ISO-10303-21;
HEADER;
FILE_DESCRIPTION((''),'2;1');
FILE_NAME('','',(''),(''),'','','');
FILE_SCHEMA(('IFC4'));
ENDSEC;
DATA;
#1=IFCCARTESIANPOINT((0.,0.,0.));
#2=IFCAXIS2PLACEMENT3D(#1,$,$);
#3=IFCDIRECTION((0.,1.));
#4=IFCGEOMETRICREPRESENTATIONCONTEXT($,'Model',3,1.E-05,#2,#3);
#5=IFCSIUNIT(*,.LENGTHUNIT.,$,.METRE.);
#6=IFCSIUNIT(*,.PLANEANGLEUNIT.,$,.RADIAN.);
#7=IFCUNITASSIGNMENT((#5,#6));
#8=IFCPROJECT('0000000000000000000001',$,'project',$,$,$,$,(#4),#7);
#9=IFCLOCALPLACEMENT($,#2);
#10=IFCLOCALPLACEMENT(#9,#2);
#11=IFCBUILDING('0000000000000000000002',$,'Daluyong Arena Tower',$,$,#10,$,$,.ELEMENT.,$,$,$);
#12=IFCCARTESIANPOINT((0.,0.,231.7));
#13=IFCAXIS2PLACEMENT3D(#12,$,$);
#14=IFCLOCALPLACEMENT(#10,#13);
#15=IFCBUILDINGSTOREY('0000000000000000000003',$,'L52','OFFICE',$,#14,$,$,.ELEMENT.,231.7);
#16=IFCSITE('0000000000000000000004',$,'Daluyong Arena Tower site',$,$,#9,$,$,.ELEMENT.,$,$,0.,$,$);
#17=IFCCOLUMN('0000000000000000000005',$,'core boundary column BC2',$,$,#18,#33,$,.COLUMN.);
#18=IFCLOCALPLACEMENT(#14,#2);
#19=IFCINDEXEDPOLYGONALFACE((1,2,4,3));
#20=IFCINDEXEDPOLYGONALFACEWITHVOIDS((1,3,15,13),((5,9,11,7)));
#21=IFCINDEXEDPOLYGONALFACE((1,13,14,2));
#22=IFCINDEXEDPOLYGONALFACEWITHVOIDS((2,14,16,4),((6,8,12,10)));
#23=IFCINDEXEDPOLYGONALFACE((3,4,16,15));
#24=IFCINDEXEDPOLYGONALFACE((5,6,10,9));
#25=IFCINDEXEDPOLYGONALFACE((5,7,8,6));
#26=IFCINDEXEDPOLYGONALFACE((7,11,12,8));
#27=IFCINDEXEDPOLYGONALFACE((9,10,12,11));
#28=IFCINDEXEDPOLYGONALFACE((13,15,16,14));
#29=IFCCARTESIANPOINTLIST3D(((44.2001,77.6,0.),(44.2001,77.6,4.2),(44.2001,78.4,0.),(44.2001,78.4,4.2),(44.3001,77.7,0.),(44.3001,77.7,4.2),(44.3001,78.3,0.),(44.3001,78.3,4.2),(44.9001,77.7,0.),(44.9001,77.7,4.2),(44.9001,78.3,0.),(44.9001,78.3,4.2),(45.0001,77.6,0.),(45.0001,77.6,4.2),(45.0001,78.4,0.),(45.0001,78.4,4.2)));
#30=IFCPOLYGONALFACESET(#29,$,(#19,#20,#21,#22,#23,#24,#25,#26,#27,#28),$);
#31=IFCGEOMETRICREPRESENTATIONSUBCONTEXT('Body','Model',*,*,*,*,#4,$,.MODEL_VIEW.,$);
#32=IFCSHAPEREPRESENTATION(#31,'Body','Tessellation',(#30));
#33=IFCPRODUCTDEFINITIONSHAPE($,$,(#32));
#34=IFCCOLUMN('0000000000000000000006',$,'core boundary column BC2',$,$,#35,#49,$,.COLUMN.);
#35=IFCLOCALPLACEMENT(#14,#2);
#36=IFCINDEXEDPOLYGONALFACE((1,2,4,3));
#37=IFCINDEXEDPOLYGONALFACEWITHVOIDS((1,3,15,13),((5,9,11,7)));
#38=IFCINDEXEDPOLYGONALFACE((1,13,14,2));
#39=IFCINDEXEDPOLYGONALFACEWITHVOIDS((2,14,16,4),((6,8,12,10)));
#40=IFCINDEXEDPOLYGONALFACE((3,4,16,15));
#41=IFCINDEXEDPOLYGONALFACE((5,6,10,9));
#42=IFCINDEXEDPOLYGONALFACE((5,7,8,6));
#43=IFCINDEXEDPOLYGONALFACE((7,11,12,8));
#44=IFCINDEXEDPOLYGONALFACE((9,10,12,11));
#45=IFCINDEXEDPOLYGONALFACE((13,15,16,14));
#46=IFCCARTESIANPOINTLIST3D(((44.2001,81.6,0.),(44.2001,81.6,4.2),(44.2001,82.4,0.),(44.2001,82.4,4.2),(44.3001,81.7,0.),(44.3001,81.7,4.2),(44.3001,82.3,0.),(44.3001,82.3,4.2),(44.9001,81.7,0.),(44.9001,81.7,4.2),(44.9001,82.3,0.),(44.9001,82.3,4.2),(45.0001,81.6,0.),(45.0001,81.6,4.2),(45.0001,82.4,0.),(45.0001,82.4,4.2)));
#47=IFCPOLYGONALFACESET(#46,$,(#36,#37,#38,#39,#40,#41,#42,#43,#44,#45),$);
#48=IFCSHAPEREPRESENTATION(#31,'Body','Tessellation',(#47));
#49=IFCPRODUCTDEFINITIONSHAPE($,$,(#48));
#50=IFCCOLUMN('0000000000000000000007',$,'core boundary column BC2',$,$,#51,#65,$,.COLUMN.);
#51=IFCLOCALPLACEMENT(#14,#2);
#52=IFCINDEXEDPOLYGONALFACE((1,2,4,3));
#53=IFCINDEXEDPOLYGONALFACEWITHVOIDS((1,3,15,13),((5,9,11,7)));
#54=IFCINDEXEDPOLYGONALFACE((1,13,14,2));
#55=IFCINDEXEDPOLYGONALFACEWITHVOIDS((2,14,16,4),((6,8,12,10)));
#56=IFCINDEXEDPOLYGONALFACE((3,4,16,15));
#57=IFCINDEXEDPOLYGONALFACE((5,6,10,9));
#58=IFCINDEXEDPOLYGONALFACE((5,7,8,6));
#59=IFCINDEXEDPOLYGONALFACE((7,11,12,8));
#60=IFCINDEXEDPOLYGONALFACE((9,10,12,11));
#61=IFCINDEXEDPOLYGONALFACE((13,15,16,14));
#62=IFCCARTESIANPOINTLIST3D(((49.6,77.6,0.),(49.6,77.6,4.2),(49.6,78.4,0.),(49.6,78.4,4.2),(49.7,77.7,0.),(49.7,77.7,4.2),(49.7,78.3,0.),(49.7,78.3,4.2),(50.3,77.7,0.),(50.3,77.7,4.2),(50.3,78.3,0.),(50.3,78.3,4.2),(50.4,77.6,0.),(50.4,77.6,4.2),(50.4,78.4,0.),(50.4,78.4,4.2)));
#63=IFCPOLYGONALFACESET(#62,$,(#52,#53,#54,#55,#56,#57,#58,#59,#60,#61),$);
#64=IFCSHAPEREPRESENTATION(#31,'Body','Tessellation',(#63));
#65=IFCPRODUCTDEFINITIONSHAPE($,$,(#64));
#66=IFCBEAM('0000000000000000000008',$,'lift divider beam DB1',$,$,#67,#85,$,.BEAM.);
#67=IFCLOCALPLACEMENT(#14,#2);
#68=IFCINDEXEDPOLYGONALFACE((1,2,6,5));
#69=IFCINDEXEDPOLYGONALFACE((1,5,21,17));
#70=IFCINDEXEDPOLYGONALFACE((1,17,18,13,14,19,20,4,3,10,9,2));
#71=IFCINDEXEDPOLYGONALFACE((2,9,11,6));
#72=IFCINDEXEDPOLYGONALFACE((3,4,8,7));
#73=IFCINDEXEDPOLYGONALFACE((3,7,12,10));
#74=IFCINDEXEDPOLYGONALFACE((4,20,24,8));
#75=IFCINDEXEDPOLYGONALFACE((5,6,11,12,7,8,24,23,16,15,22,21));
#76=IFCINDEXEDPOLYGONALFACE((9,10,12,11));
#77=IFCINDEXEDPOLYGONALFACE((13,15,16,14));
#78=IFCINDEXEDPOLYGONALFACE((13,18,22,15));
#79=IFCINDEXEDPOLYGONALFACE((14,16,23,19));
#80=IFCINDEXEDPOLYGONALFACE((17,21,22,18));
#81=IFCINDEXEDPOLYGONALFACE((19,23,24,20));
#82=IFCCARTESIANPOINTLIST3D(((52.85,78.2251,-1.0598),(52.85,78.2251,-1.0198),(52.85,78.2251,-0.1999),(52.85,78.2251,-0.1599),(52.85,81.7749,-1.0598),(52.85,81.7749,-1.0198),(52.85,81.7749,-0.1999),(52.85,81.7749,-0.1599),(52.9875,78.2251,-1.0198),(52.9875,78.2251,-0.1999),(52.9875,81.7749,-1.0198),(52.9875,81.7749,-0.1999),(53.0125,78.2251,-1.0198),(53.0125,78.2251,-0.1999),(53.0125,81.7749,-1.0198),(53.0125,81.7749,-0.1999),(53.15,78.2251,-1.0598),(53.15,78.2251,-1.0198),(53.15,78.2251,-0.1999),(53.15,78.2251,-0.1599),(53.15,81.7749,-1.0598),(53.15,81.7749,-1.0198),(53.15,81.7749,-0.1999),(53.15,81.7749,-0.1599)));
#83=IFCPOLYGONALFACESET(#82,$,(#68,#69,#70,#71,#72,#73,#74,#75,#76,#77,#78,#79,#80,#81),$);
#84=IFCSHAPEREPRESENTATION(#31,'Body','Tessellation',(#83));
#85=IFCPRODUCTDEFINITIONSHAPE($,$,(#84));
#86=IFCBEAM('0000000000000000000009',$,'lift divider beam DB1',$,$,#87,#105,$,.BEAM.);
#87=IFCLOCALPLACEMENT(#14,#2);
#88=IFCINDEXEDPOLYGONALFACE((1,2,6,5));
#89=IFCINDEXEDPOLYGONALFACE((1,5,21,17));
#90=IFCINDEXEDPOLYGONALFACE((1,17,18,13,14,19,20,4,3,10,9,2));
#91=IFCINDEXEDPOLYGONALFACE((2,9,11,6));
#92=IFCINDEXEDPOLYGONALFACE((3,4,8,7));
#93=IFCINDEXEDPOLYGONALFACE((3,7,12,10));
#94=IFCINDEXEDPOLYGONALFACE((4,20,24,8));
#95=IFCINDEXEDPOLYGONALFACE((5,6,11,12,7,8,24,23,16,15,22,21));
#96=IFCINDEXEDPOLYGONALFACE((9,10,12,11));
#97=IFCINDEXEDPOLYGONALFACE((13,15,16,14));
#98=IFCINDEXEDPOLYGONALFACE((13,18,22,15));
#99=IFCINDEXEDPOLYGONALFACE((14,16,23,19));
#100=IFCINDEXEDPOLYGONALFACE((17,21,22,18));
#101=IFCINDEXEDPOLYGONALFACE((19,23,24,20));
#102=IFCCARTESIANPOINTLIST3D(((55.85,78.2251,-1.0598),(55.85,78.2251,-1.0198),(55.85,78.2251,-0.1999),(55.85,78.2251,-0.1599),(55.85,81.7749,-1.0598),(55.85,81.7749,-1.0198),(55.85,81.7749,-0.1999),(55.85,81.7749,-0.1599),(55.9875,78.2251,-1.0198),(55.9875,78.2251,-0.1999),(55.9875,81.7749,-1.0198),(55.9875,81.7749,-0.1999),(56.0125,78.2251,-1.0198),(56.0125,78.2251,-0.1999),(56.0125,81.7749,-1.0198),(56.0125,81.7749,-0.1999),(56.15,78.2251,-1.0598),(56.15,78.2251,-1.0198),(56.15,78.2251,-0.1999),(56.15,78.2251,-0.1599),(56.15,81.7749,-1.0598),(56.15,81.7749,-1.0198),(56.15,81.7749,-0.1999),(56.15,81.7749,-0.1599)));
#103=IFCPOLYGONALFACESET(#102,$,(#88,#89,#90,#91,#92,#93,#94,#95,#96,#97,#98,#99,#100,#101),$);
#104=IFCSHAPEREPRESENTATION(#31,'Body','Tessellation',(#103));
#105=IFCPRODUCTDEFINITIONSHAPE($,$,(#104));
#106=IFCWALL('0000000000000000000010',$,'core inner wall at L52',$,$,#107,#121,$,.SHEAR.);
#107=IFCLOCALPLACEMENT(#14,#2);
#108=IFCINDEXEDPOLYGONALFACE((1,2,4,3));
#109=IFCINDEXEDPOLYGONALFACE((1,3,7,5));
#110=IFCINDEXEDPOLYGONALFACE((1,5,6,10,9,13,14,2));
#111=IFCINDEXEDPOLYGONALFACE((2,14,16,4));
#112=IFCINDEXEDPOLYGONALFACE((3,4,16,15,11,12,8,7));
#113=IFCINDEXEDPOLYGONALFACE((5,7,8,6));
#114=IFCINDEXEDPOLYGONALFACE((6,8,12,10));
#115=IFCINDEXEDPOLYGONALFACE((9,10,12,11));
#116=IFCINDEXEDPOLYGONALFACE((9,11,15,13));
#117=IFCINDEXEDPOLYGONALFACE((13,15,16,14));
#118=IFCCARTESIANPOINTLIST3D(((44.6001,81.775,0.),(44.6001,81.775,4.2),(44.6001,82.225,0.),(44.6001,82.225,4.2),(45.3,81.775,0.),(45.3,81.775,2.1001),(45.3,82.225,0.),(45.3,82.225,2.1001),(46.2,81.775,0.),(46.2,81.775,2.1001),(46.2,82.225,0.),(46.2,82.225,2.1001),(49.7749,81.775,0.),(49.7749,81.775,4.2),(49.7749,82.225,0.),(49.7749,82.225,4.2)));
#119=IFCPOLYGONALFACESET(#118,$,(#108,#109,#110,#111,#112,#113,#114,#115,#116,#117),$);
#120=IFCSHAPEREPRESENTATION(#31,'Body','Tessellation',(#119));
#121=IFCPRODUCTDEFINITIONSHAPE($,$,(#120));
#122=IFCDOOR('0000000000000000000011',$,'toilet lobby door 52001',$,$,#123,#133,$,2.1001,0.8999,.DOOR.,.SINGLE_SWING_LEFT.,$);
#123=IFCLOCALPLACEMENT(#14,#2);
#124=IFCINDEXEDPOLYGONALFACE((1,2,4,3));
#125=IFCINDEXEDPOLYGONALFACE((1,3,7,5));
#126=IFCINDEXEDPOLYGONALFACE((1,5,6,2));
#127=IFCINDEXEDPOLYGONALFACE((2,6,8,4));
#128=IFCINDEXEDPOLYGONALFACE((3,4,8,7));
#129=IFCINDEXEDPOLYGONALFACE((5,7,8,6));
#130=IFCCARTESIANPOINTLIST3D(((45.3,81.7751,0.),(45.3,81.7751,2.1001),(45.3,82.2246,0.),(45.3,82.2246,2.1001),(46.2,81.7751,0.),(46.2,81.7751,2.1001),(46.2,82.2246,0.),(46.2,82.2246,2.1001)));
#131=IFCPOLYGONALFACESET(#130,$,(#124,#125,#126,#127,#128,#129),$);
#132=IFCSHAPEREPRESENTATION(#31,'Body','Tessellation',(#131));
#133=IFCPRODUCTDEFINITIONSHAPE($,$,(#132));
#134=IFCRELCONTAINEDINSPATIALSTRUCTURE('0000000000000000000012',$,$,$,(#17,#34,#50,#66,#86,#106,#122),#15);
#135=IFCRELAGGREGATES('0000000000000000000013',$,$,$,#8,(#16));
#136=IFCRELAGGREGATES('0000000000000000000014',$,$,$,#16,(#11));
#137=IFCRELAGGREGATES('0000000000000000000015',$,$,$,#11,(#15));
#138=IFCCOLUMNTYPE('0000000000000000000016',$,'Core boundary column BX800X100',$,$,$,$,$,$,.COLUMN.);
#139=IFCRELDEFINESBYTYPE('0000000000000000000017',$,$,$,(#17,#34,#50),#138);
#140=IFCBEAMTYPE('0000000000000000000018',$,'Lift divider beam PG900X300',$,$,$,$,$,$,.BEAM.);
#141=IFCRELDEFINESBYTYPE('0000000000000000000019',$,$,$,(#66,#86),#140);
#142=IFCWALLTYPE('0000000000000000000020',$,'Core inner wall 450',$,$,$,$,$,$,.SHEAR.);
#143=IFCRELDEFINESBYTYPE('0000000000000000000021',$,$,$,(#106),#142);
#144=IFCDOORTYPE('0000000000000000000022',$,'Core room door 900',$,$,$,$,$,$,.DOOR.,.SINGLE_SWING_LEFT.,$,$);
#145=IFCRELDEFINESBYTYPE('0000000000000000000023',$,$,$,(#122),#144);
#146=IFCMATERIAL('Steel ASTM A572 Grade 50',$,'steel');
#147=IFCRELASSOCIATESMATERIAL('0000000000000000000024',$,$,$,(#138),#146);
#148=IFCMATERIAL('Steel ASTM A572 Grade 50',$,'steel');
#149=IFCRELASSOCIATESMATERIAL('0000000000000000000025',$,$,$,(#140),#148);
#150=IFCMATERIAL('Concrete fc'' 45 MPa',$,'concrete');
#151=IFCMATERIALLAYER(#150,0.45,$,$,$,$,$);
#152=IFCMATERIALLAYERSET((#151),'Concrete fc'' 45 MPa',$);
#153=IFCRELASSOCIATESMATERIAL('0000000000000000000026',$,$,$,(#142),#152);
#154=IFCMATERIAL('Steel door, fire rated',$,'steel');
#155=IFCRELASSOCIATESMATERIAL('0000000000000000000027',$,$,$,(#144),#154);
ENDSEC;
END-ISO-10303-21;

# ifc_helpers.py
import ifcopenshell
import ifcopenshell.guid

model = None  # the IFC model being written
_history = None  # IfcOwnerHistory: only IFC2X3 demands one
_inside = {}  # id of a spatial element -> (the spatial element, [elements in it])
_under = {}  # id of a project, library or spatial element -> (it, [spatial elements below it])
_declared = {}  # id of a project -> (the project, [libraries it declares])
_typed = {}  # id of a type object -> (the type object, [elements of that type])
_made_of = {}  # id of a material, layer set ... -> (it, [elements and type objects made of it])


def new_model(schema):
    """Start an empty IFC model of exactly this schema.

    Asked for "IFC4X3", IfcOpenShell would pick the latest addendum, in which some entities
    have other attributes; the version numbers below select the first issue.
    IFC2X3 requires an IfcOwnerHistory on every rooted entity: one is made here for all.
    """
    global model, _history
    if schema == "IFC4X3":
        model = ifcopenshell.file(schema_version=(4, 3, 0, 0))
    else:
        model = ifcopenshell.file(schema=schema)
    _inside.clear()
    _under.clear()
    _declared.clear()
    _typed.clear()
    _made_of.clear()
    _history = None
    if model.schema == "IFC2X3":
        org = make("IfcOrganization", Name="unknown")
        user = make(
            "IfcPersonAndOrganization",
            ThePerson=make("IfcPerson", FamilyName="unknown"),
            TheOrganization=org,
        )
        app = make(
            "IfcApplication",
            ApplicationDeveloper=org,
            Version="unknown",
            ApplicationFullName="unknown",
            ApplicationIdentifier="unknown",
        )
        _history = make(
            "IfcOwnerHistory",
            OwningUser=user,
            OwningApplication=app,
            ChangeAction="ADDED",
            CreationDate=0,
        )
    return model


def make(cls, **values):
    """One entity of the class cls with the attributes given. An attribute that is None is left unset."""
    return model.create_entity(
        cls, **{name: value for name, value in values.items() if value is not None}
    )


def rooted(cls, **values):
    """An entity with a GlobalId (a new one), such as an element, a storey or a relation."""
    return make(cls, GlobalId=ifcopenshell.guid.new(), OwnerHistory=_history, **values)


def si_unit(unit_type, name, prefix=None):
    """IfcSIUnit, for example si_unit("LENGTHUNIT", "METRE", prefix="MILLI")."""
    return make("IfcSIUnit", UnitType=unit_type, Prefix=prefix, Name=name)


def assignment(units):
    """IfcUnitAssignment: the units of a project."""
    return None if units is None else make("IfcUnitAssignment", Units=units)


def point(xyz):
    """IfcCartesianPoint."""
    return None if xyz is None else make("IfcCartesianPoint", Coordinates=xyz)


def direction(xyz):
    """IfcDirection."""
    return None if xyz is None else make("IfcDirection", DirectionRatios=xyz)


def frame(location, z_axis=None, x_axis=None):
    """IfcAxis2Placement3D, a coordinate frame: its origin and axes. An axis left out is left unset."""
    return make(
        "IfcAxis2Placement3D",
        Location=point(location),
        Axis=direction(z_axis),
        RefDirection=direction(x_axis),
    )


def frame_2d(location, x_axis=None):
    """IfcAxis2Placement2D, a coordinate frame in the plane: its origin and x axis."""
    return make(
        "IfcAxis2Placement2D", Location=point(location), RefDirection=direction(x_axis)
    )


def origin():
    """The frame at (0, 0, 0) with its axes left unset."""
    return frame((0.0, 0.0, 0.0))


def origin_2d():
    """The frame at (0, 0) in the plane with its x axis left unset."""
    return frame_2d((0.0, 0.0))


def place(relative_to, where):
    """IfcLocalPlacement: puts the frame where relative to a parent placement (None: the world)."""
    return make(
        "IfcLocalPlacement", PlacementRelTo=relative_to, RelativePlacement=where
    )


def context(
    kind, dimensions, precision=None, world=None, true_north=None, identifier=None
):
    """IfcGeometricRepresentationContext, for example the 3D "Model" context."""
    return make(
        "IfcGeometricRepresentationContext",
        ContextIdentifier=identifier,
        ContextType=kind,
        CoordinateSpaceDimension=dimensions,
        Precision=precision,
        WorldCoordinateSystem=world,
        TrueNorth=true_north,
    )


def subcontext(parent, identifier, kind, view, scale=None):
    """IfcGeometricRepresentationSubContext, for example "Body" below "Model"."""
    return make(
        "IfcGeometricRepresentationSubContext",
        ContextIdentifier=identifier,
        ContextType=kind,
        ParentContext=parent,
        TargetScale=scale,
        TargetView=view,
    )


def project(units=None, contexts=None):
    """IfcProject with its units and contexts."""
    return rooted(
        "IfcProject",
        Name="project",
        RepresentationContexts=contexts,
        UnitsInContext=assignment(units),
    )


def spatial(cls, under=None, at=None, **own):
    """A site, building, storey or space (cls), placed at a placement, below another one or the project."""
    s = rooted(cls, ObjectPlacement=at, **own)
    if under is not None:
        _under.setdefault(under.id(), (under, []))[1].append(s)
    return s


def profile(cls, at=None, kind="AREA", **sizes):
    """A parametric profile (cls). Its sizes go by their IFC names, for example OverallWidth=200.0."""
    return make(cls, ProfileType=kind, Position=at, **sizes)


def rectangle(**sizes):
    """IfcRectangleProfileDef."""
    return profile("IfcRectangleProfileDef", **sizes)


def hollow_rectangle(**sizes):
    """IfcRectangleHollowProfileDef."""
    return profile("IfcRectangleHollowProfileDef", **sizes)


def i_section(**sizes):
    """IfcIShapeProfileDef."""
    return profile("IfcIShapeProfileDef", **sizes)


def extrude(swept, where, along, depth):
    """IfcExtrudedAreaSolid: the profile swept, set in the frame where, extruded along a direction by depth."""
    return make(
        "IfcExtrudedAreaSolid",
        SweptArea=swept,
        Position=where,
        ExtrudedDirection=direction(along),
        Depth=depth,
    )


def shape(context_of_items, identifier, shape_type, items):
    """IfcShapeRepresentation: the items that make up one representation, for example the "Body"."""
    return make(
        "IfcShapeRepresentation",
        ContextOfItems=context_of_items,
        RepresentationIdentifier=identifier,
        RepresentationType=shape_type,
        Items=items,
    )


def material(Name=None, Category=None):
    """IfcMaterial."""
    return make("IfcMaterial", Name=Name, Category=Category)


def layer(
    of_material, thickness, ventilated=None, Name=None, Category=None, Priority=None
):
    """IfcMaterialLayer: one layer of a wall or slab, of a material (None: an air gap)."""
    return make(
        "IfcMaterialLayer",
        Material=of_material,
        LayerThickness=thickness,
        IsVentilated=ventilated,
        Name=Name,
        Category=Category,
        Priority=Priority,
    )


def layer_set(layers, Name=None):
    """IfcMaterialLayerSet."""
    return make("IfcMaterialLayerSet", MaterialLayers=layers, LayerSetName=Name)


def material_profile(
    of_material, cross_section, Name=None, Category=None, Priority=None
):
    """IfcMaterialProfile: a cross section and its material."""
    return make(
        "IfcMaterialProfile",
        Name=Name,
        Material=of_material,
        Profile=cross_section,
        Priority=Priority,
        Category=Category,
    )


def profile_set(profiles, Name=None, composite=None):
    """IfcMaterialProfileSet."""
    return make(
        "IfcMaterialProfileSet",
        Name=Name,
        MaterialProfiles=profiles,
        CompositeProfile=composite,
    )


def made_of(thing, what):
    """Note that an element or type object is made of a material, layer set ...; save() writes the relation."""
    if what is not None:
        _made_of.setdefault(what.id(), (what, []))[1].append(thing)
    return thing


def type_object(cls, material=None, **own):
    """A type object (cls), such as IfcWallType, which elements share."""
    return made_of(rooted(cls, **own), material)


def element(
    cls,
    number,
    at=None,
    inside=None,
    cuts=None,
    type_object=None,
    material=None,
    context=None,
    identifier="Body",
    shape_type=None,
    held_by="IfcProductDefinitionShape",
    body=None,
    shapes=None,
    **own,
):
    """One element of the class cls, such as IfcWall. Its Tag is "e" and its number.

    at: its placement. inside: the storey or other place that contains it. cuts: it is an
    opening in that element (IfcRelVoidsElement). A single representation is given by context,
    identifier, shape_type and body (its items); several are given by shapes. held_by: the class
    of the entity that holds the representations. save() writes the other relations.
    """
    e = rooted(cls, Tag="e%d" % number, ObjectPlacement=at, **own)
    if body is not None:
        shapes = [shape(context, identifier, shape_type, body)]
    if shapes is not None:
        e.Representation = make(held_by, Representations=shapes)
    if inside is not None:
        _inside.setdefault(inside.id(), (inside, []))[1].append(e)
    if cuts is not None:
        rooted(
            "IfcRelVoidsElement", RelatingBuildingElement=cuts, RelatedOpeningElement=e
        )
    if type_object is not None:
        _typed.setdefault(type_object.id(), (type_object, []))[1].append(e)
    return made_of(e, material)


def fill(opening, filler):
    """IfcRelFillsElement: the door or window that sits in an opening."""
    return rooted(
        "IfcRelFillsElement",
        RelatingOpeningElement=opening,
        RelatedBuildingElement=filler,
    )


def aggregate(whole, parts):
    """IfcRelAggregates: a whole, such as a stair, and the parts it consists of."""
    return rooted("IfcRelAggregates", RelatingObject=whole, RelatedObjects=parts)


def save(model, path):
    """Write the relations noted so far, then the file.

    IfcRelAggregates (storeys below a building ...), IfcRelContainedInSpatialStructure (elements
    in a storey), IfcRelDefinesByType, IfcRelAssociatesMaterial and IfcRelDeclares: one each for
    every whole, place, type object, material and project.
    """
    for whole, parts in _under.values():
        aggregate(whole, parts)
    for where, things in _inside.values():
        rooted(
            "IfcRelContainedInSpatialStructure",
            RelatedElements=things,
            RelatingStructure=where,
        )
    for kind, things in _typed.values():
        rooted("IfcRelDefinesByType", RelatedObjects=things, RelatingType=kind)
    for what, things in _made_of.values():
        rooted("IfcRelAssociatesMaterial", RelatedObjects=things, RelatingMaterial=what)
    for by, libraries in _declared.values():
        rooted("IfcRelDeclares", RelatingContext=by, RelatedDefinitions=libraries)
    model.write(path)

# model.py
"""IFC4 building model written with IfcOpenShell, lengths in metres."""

from ifc_helpers import new_model, si_unit, direction, frame, frame_2d, origin, origin_2d, place, context, subcontext, project, spatial, rectangle, hollow_rectangle, i_section, extrude, material, layer, layer_set, material_profile, profile_set, type_object, element, fill, save


model = new_model("IFC4")

# Units and contexts
model_context = context("Model", 3, precision=1e-05, world=origin(), true_north=direction((0.0, 1.0)))
body_context = subcontext(model_context, "Body", "Model", "MODEL_VIEW")
ifc_project = project(units=[si_unit("LENGTHUNIT", "METRE"), si_unit("PLANEANGLEUNIT", "RADIAN")], contexts=[model_context])

# Site, building, storey
site_placement = place(None, origin())
site = spatial("IfcSite", under=ifc_project, at=site_placement, Name="Daluyong Arena Tower site", CompositionType="ELEMENT", RefElevation=0.0)
building_placement = place(site_placement, origin())
building = spatial("IfcBuilding", under=site, at=building_placement, Name="Daluyong Arena Tower", CompositionType="ELEMENT")
storey_placement = place(building_placement, frame((0.0, 0.0, 231.7)))
storey = spatial("IfcBuildingStorey", under=building, at=storey_placement, Name="L52", Description="OFFICE", CompositionType="ELEMENT", Elevation=231.7)

# Columns
ifc_material_1 = material(Name="Steel ASTM A572 Grade 50", Category="steel")
ifc_material_profile_1 = material_profile(ifc_material_1, hollow_rectangle(XDim=0.8, YDim=0.8, WallThickness=0.1, at=origin_2d()))
ifc_profile_set_1 = profile_set([ifc_material_profile_1], Name="Steel ASTM A572 Grade 50")
column_type = type_object("IfcColumnType", Name="Core boundary column BX800X100", PredefinedType="COLUMN", material=ifc_profile_set_1)
for number, where, z_axis, x_axis, name in (
    (1, (44.6001, 78.0, 0.0), (0.0, 0.0, 1.0), (1.0, 0.0, 0.0), "core boundary column BC2"),
    (2, (44.6001, 82.0, 0.0), (0.0, 0.0, 1.0), (1.0, 0.0, 0.0), "core boundary column BC2"),
    (3, (50.0, 78.0, 0.0), (0.0, 0.0, 1.0), (1.0, 0.0, 0.0), "core boundary column BC2"),
):
    element("IfcColumn", number, at=place(storey_placement, frame(where, z_axis=z_axis, x_axis=x_axis)), inside=storey, type_object=column_type, Name=name, PredefinedType="COLUMN", context=body_context, shape_type="SweptSolid", body=[
        extrude(hollow_rectangle(XDim=0.8, YDim=0.8, WallThickness=0.1, at=origin_2d()), origin(), (0.0, 0.0, 1.0), 4.2),
    ])

# Beams
ifc_material_2 = material(Name="Steel ASTM A572 Grade 50", Category="steel")
ifc_material_profile_2 = material_profile(ifc_material_2, i_section(OverallWidth=0.3, OverallDepth=0.8999, WebThickness=0.025, FlangeThickness=0.04, at=origin_2d()))
ifc_profile_set_2 = profile_set([ifc_material_profile_2], Name="Steel ASTM A572 Grade 50")
beam_type = type_object("IfcBeamType", Name="Lift divider beam PG900X300", PredefinedType="BEAM", material=ifc_profile_set_2)
for number, where, z_axis, x_axis, name in (
    (4, (53.0, 78.2251, -0.6099), (0.0, 1.0, 0.0), (-1.0, 0.0, 0.0), "lift divider beam DB1"),
    (5, (56.0, 78.2251, -0.6099), (0.0, 1.0, 0.0), (-1.0, 0.0, 0.0), "lift divider beam DB1"),
):
    element("IfcBeam", number, at=place(storey_placement, frame(where, z_axis=z_axis, x_axis=x_axis)), inside=storey, type_object=beam_type, Name=name, PredefinedType="BEAM", context=body_context, shape_type="SweptSolid", body=[
        extrude(i_section(OverallWidth=0.3, OverallDepth=0.8999, WebThickness=0.025, FlangeThickness=0.04, at=origin_2d()), origin(), (0.0, 0.0, 1.0), 3.5498),
    ])

# Wall, opening, door
ifc_material_3 = material(Name="Concrete fc' 45 MPa", Category="concrete")
ifc_layer = layer(ifc_material_3, 0.45)
ifc_layer_set = layer_set([ifc_layer], Name="Concrete fc' 45 MPa")
wall_type = type_object("IfcWallType", Name="Core inner wall 450", PredefinedType="SHEAR", material=ifc_layer_set)
wall_1_placement = place(storey_placement, frame((44.6001, 82.0, 0.0), z_axis=(0.0, 0.0, 1.0), x_axis=(1.0, 0.0, 0.0)))
wall_1 = element("IfcWall", 6, at=wall_1_placement, inside=storey, type_object=wall_type, Name="core inner wall at L52", PredefinedType="SHEAR", context=body_context, shape_type="SweptSolid", body=[
    extrude(rectangle(XDim=5.1748, YDim=0.45, at=frame_2d((2.5874, 0.0))), origin(), (0.0, 0.0, 1.0), 4.2),
])
opening_1_placement = place(wall_1_placement, frame((0.7, 0.0, 0.0)))
opening_1 = element("IfcOpeningElement", 7, at=opening_1_placement, cuts=wall_1, PredefinedType="OPENING", context=body_context, shape_type="SweptSolid", body=[
    extrude(rectangle(XDim=0.8999, YDim=2.1001, at=frame_2d((0.45, 1.05))), frame((0.0, 0.2349, 0.0), z_axis=(0.0, -1.0, 0.0), x_axis=(1.0, 0.0, 0.0)), (0.0, 0.0, 1.0), 0.47),
])
ifc_material_4 = material(Name="Steel door, fire rated", Category="steel")
door_type_1 = type_object("IfcDoorType", Name="Core room door 900", OperationType="SINGLE_SWING_LEFT", PredefinedType="DOOR", material=ifc_material_4)
door_1_placement = place(opening_1_placement, origin())
door_1 = element("IfcDoor", 8, at=door_1_placement, inside=storey, type_object=door_type_1, Name="toilet lobby door 52001", OperationType="SINGLE_SWING_LEFT", OverallHeight=2.1001, OverallWidth=0.8999, PredefinedType="DOOR", context=body_context, shape_type="SweptSolid", body=[
    extrude(rectangle(XDim=0.8999, YDim=2.1001, at=frame_2d((0.45, 1.05))), frame((0.0, 0.2246, 0.0), z_axis=(0.0, -1.0, 0.0), x_axis=(1.0, 0.0, 0.0)), (0.0, 0.0, 1.0), 0.4495),
])
fill(opening_1, door_1)

save(model, "model.ifc")
